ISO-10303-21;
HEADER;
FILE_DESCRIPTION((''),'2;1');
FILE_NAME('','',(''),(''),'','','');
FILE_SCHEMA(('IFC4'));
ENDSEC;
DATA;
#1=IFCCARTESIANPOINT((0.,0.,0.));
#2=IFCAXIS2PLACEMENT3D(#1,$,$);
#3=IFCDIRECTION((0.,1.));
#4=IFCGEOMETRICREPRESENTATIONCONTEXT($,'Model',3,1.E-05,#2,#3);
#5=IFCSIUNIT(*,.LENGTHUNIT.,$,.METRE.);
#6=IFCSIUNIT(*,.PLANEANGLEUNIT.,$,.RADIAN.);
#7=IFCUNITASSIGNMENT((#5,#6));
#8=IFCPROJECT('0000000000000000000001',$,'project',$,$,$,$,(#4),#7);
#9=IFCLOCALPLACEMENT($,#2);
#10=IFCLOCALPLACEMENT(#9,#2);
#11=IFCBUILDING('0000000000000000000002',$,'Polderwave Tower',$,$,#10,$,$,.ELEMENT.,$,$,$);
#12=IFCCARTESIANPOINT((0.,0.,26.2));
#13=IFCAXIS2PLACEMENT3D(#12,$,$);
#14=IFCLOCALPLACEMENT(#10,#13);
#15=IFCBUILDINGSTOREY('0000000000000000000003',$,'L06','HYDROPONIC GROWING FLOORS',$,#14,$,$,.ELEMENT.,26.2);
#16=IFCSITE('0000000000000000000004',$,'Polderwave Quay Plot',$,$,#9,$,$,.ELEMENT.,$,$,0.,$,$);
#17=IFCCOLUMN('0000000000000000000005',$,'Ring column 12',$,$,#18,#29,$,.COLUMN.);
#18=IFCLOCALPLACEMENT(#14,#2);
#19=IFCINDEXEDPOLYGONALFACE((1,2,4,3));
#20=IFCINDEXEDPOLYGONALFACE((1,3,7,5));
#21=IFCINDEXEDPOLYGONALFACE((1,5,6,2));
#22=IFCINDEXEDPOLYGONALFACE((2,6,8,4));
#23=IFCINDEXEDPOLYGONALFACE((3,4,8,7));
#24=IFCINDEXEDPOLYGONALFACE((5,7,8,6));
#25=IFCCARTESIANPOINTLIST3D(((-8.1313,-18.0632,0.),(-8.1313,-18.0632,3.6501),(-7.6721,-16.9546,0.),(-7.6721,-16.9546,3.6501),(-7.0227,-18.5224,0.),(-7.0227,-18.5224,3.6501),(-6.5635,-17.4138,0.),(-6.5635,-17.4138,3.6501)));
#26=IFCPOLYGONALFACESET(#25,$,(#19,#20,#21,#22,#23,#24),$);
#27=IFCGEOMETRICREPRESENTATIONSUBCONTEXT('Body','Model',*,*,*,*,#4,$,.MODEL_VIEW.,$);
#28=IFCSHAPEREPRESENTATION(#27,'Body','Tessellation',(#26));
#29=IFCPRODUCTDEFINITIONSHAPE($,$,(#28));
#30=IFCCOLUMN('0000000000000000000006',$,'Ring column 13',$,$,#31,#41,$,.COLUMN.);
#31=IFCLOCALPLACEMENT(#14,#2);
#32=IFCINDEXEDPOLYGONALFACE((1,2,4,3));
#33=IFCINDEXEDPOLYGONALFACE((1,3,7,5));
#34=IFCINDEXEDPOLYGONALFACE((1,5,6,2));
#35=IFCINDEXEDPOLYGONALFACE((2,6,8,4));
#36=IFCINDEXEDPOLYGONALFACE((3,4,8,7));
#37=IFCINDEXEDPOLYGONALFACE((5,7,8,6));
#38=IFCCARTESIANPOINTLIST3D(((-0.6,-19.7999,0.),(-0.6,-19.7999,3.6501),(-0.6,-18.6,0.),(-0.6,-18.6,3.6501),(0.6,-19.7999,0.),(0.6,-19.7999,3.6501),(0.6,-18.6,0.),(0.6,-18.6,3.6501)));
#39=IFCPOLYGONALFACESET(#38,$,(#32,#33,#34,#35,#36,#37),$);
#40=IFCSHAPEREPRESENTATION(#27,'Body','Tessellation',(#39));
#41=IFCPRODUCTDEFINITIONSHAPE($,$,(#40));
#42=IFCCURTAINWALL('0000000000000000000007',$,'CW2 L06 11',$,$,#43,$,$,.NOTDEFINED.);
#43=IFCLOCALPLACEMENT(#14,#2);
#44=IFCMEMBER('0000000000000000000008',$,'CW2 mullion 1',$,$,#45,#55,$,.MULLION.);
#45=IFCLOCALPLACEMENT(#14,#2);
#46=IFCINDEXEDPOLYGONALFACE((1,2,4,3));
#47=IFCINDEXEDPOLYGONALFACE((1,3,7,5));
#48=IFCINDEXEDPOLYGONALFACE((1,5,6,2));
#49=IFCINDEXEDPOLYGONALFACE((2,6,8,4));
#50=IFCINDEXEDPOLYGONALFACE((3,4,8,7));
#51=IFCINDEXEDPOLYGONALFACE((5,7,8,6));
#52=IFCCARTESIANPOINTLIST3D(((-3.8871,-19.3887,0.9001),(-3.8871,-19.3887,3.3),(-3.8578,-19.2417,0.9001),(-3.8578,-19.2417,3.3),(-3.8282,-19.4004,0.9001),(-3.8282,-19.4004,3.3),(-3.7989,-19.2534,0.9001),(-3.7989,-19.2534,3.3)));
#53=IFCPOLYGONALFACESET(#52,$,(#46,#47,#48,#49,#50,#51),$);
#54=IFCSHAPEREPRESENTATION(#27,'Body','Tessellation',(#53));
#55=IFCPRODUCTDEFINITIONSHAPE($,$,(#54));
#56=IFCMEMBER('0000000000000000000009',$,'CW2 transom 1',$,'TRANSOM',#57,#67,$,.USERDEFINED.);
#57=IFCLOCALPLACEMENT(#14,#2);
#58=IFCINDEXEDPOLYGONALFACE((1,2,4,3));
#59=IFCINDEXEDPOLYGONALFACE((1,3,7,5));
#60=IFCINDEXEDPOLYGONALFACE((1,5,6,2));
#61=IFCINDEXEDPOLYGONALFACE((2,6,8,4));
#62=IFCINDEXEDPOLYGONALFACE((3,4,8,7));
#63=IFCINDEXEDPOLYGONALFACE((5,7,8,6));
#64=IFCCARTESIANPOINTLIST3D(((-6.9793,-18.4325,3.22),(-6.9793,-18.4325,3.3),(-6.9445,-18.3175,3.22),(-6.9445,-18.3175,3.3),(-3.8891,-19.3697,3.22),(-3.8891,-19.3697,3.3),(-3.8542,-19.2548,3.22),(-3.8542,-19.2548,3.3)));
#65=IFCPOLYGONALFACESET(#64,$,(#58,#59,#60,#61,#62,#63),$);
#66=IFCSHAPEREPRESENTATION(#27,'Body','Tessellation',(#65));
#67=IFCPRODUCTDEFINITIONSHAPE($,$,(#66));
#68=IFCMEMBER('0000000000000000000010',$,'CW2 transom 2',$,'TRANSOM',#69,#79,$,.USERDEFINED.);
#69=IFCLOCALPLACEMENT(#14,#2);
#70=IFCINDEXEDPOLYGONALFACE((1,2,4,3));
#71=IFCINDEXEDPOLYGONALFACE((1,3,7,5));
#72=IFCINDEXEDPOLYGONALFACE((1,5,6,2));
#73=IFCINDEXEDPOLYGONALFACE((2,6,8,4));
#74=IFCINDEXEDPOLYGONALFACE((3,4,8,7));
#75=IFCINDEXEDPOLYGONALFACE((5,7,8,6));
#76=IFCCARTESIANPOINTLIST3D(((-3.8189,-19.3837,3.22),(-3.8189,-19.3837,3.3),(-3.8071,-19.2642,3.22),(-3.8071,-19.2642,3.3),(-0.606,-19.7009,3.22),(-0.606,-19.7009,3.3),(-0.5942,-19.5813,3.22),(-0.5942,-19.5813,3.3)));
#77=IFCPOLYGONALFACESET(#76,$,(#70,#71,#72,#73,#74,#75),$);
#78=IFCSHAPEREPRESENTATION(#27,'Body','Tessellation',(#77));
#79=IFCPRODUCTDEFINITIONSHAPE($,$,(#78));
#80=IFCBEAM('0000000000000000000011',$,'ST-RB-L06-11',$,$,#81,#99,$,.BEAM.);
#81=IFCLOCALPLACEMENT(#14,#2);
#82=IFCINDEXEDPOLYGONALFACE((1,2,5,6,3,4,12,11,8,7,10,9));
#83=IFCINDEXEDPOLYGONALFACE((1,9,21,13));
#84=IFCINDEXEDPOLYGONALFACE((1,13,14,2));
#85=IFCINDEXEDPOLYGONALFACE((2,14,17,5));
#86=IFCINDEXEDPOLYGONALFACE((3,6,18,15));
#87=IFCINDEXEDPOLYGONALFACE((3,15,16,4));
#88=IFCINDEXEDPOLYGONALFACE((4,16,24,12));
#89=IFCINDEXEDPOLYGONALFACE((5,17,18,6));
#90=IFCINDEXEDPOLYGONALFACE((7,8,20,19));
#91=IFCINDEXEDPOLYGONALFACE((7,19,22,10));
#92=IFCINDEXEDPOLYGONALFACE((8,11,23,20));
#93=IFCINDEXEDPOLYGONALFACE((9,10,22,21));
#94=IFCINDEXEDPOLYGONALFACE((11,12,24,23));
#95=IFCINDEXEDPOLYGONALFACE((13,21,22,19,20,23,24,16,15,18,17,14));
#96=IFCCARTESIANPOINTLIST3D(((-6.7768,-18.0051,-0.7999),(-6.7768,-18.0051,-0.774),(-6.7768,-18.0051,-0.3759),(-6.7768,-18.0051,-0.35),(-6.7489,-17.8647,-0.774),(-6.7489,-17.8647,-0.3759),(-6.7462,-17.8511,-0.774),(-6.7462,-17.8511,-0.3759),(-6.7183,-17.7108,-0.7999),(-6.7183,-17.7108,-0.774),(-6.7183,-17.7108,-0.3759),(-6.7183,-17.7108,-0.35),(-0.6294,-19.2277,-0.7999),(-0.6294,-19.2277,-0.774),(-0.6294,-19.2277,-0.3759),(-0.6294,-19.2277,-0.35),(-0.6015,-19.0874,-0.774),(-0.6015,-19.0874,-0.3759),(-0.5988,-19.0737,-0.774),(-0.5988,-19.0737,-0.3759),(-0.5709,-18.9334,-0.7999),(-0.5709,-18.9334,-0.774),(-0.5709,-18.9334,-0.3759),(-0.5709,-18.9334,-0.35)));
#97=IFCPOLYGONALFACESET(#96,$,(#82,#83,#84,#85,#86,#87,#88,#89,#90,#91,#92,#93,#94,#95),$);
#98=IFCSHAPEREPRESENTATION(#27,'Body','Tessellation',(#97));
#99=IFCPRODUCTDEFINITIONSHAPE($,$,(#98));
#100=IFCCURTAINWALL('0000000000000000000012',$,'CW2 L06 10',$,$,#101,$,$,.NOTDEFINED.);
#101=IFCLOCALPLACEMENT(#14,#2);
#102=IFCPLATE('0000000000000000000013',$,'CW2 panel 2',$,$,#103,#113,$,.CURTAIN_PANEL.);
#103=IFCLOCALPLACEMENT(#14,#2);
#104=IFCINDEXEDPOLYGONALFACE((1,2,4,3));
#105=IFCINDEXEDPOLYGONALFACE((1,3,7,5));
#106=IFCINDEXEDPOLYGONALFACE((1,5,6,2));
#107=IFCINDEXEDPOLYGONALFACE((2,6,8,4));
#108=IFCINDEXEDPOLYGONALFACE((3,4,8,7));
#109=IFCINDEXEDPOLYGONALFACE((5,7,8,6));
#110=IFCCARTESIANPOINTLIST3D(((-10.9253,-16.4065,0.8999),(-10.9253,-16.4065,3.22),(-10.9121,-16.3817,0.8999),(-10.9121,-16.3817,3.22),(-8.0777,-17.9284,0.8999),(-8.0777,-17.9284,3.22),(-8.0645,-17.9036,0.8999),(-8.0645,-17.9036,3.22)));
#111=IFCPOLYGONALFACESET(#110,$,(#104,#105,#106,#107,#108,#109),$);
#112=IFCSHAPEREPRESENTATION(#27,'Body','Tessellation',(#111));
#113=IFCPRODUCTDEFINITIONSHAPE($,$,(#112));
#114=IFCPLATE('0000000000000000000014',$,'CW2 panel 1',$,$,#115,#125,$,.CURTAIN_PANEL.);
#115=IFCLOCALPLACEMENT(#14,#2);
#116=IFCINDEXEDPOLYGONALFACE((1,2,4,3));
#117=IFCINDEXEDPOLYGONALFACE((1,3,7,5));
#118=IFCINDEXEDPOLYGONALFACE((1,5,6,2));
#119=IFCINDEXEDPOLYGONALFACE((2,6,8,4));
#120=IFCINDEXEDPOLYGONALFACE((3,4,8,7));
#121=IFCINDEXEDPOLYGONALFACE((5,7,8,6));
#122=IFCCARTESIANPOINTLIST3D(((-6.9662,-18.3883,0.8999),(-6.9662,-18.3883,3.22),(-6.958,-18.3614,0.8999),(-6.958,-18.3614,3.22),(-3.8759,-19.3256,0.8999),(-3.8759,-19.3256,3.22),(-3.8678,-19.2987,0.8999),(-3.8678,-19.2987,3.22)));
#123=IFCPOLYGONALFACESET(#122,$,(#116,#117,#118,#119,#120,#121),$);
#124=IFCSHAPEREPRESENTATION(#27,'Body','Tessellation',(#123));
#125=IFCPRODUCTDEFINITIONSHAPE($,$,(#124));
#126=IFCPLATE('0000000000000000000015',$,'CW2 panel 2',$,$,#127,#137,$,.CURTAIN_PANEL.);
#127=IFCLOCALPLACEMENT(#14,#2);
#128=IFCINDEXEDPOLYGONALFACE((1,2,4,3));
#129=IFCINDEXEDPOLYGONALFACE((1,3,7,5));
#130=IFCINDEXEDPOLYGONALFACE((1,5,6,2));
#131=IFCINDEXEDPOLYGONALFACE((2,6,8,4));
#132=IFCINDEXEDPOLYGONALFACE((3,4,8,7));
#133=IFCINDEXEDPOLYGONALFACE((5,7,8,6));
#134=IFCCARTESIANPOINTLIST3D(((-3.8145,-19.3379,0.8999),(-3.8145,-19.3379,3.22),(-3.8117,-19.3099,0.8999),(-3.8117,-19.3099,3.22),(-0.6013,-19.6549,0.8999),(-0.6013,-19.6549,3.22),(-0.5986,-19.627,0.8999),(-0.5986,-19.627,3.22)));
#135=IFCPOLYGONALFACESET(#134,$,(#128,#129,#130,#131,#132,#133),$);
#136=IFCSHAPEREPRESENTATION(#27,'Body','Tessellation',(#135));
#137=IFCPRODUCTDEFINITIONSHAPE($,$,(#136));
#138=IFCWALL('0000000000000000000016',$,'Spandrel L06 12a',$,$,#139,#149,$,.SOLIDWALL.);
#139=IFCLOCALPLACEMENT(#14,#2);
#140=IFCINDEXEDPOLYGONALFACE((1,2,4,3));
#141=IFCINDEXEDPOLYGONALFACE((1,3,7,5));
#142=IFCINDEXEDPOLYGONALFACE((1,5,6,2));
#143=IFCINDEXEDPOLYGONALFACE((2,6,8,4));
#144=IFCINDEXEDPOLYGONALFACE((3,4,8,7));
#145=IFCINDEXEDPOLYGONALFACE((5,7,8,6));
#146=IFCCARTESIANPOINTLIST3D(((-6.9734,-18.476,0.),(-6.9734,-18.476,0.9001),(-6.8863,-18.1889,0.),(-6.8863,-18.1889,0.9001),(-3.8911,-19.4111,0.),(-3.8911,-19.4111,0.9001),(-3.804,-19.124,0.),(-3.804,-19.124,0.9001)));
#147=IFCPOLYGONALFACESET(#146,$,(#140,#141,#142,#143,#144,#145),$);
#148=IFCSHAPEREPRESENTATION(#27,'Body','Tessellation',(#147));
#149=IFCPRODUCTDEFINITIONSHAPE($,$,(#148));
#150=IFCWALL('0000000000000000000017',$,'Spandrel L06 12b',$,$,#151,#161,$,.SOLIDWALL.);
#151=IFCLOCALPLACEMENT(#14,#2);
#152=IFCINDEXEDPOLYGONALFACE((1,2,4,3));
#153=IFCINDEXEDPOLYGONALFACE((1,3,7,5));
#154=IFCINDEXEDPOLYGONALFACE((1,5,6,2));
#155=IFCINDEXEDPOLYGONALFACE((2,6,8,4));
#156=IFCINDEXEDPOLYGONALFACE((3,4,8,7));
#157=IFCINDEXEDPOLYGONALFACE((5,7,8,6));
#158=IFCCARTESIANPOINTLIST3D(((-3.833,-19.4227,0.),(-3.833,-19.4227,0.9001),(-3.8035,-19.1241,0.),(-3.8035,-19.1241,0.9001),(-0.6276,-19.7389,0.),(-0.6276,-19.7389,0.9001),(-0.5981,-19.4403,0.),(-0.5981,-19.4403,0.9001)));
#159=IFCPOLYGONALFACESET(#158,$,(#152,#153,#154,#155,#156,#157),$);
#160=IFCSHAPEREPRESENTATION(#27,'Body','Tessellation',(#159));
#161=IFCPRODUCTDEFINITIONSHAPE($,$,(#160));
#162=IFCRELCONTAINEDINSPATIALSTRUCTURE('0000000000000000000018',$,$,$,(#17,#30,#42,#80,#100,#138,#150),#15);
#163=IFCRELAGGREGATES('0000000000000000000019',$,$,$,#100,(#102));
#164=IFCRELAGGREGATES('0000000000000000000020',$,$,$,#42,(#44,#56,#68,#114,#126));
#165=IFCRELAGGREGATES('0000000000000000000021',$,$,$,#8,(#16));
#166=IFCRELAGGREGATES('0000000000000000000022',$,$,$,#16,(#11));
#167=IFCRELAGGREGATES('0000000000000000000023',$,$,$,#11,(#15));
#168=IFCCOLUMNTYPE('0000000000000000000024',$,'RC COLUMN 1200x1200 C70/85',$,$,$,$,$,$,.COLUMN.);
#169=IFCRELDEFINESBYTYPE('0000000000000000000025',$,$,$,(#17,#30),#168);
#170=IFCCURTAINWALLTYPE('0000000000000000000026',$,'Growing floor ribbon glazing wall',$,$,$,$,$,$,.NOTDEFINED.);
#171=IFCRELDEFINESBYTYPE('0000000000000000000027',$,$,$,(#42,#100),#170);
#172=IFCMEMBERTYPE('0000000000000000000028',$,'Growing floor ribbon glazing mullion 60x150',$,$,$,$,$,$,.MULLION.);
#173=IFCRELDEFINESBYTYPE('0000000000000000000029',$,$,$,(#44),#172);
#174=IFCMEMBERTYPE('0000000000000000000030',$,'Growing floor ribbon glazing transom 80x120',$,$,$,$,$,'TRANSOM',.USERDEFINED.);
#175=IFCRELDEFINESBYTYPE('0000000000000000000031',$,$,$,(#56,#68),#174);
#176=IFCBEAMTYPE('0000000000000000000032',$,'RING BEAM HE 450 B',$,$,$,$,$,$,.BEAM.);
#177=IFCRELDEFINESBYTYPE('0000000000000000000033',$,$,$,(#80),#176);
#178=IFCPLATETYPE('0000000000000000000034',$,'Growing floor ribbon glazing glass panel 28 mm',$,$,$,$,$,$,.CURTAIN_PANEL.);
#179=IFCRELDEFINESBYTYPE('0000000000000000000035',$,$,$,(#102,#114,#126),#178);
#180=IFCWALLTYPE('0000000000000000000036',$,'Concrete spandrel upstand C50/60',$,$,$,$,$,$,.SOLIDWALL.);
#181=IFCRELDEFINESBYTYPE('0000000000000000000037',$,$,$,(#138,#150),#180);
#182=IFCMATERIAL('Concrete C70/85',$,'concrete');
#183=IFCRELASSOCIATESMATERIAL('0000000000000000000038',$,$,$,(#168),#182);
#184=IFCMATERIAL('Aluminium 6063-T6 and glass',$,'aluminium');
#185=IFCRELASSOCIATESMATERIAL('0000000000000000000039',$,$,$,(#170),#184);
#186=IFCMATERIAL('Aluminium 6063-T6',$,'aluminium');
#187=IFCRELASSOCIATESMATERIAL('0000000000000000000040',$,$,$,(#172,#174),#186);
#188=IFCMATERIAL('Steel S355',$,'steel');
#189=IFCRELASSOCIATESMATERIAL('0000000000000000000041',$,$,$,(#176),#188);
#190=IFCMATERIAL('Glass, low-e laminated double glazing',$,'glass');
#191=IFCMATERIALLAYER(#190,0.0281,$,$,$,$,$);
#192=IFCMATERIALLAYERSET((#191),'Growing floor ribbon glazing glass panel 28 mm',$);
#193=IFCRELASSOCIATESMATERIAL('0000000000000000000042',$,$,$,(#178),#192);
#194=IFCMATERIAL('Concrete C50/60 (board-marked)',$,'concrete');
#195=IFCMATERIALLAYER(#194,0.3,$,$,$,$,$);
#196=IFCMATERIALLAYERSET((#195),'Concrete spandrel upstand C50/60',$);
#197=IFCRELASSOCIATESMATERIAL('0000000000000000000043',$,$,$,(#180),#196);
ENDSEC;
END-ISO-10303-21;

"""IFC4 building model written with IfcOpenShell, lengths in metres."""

from ifc_helpers import new_model, si_unit, direction, frame, frame_2d, origin, origin_2d, place, context, subcontext, project, spatial, rectangle, i_section, extrude, material, layer, layer_set, material_profile, profile_set, type_object, element, aggregate, save


model = new_model("IFC4")

# Units and contexts
model_context = context("Model", 3, precision=1e-05, world=origin(), true_north=direction((0.0, 1.0)))
body_context = subcontext(model_context, "Body", "Model", "MODEL_VIEW")
ifc_project = project(units=[si_unit("LENGTHUNIT", "METRE"), si_unit("PLANEANGLEUNIT", "RADIAN")], contexts=[model_context])

# Site, building, storey
site_placement = place(None, origin())
site = spatial("IfcSite", under=ifc_project, at=site_placement, Name="Polderwave Quay Plot", CompositionType="ELEMENT", RefElevation=0.0)
building_placement = place(site_placement, origin())
building = spatial("IfcBuilding", under=site, at=building_placement, Name="Polderwave Tower", CompositionType="ELEMENT")
storey_placement = place(building_placement, frame((0.0, 0.0, 26.2)))
storey = spatial("IfcBuildingStorey", under=building, at=storey_placement, Name="L06", Description="HYDROPONIC GROWING FLOORS", CompositionType="ELEMENT", Elevation=26.2)

# Columns
ifc_material_1 = material(Name="Concrete C70/85", Category="concrete")
ifc_material_profile_1 = material_profile(ifc_material_1, rectangle(XDim=1.2, YDim=1.2, at=origin_2d()), Name="RC 1200x1200")
ifc_profile_set_1 = profile_set([ifc_material_profile_1], Name="Concrete C70/85")
column_type = type_object("IfcColumnType", Name="RC COLUMN 1200x1200 C70/85", PredefinedType="COLUMN", material=ifc_profile_set_1)
for number, where, z_axis, x_axis, name in (
    (1, (-7.3474, -17.7385, 0.0), (0.0, 0.0, 1.0), (-0.382683, -0.92388, 0.0), "Ring column 12"),
    (2, (0.0, -19.2, 0.0), (0.0, 0.0, 1.0), (0.0, -1.0, 0.0), "Ring column 13"),
):
    element("IfcColumn", number, at=place(storey_placement, frame(where, z_axis=z_axis, x_axis=x_axis)), inside=storey, type_object=column_type, Name=name, PredefinedType="COLUMN", context=body_context, shape_type="SweptSolid", body=[
        extrude(rectangle(XDim=1.2, YDim=1.2, at=origin_2d()), origin(), (0.0, 0.0, 1.0), 3.6501),
    ])

# Curtain wall, members
ifc_material_2 = material(Name="Aluminium 6063-T6 and glass", Category="aluminium")
curtain_wall_type = type_object("IfcCurtainWallType", Name="Growing floor ribbon glazing wall", PredefinedType="NOTDEFINED", material=ifc_material_2)
curtain_wall_1_placement = place(storey_placement, origin())
curtain_wall_1 = element("IfcCurtainWall", 3, at=curtain_wall_1_placement, inside=storey, type_object=curtain_wall_type, Name="CW2 L06 11", PredefinedType="NOTDEFINED")
ifc_material_3 = material(Name="Aluminium 6063-T6", Category="aluminium")
ifc_material_profile_2 = material_profile(ifc_material_3, rectangle(XDim=0.1499, YDim=0.0601, at=origin_2d()), Name="AL 60x150")
ifc_profile_set_2 = profile_set([ifc_material_profile_2], Name="Aluminium 6063-T6")
member_type_1 = type_object("IfcMemberType", Name="Growing floor ribbon glazing mullion 60x150", PredefinedType="MULLION", material=ifc_profile_set_2)
member_1_placement = place(storey_placement, frame((-3.843, -19.321, 0.9001), z_axis=(0.0, 0.0, 1.0), x_axis=(0.195159, 0.980772, 0.0)))
member_1 = element("IfcMember", 4, at=member_1_placement, type_object=member_type_1, Name="CW2 mullion 1", PredefinedType="MULLION", context=body_context, shape_type="SweptSolid", body=[
    extrude(rectangle(XDim=0.1499, YDim=0.0601, at=origin_2d()), origin(), (0.0, 0.0, 1.0), 2.3999),
])
ifc_material_profile_3 = material_profile(ifc_material_3, rectangle(XDim=0.1201, YDim=0.0801, at=origin_2d()), Name="AL 80x120")
ifc_profile_set_3 = profile_set([ifc_material_profile_3], Name="Aluminium 6063-T6")
member_type_2 = type_object("IfcMemberType", Name="Growing floor ribbon glazing transom 80x120", ElementType="TRANSOM", PredefinedType="USERDEFINED", material=ifc_profile_set_3)
member_2_placement = place(storey_placement, frame((-6.9619, -18.375, 3.26), z_axis=(0.956956, -0.290232, 0.0), x_axis=(0.290232, 0.956956, 0.0)))
member_2 = element("IfcMember", 5, at=member_2_placement, type_object=member_type_2, Name="CW2 transom 1", ObjectType="TRANSOM", PredefinedType="USERDEFINED", context=body_context, shape_type="SweptSolid", body=[
    extrude(rectangle(XDim=0.1201, YDim=0.0801, at=origin_2d()), origin(), (0.0, 0.0, 1.0), 3.2292),
])
member_3_placement = place(storey_placement, frame((-3.813, -19.324, 3.26), z_axis=(0.995164, -0.098231, 0.0), x_axis=(0.098231, 0.995164, 0.0)))
member_3 = element("IfcMember", 6, at=member_3_placement, type_object=member_type_2, Name="CW2 transom 2", ObjectType="TRANSOM", PredefinedType="USERDEFINED", context=body_context, shape_type="SweptSolid", body=[
    extrude(rectangle(XDim=0.1201, YDim=0.0801, at=origin_2d()), origin(), (0.0, 0.0, 1.0), 3.2285),
])

# Beam
ifc_material_4 = material(Name="Steel S355", Category="steel")
ifc_material_profile_4 = material_profile(ifc_material_4, i_section(OverallWidth=0.3, OverallDepth=0.45, WebThickness=0.0139, FlangeThickness=0.0259, at=origin_2d()), Name="HE 450 B")
ifc_profile_set_4 = profile_set([ifc_material_profile_4], Name="Steel S355")
beam_type = type_object("IfcBeamType", Name="RING BEAM HE 450 B", PredefinedType="BEAM", material=ifc_profile_set_4)
beam_placement = place(storey_placement, frame((-6.7476, -17.8579, -0.575), z_axis=(0.98079, -0.195067, 0.0), x_axis=(0.195067, 0.98079, 0.0)))
element("IfcBeam", 7, at=beam_placement, inside=storey, type_object=beam_type, Name="ST-RB-L06-11", PredefinedType="BEAM", context=body_context, shape_type="SweptSolid", body=[
    extrude(i_section(OverallWidth=0.3, OverallDepth=0.45, WebThickness=0.0139, FlangeThickness=0.0259, at=origin_2d()), origin(), (0.0, 0.0, 1.0), 6.2678),
])

# Curtain wall, plate
curtain_wall_2_placement = place(storey_placement, origin())
curtain_wall_2 = element("IfcCurtainWall", 8, at=curtain_wall_2_placement, inside=storey, type_object=curtain_wall_type, Name="CW2 L06 10", PredefinedType="NOTDEFINED")
ifc_material_5 = material(Name="Glass, low-e laminated double glazing", Category="glass")
ifc_layer_1 = layer(ifc_material_5, 0.0281)
ifc_layer_set_1 = layer_set([ifc_layer_1], Name="Growing floor ribbon glazing glass panel 28 mm")
plate_type = type_object("IfcPlateType", Name="Growing floor ribbon glazing glass panel 28 mm", PredefinedType="CURTAIN_PANEL", material=ifc_layer_set_1)
plate_1_placement = place(storey_placement, frame((-9.4949, -17.155, 0.8999), z_axis=(0.0, 0.0, 1.0), x_axis=(0.881945, -0.471352, 0.0)))
plate_1 = element("IfcPlate", 9, at=plate_1_placement, type_object=plate_type, Name="CW2 panel 2", PredefinedType="CURTAIN_PANEL", context=body_context, shape_type="SweptSolid", body=[
    extrude(rectangle(XDim=3.2288, YDim=0.0281, at=origin_2d()), origin(), (0.0, 0.0, 1.0), 2.3201),
])
aggregate(curtain_wall_2, [plate_1])

# Plates
plate_2_placement = place(storey_placement, frame((-5.417, -18.8435, 0.8999), z_axis=(0.0, 0.0, 1.0), x_axis=(0.956952, -0.290246, 0.0)))
plate_2 = element("IfcPlate", 10, at=plate_2_placement, type_object=plate_type, Name="CW2 panel 1", PredefinedType="CURTAIN_PANEL", context=body_context, shape_type="SweptSolid", body=[
    extrude(rectangle(XDim=3.2292, YDim=0.0281, at=origin_2d()), origin(), (0.0, 0.0, 1.0), 2.3201),
])
plate_3_placement = place(storey_placement, frame((-2.2065, -19.4824, 0.8999), z_axis=(0.0, 0.0, 1.0), x_axis=(0.995167, -0.098198, 0.0)))
plate_3 = element("IfcPlate", 11, at=plate_3_placement, type_object=plate_type, Name="CW2 panel 2", PredefinedType="CURTAIN_PANEL", context=body_context, shape_type="SweptSolid", body=[
    extrude(rectangle(XDim=3.2288, YDim=0.0281, at=origin_2d()), origin(), (0.0, 0.0, 1.0), 2.3201),
])
aggregate(curtain_wall_1, [member_1, member_2, member_3, plate_2, plate_3])

# Walls
ifc_material_6 = material(Name="Concrete C50/60 (board-marked)", Category="concrete")
ifc_layer_2 = layer(ifc_material_6, 0.3)
ifc_layer_set_2 = layer_set([ifc_layer_2], Name="Concrete spandrel upstand C50/60")
wall_type_1 = type_object("IfcWallType", Name="Concrete spandrel upstand C50/60", PredefinedType="SOLIDWALL", material=ifc_layer_set_2)
for number, where, z_axis, x_axis, name in (
    (12, (-6.9297, -18.3325, 0.0), (0.0, 0.0, 1.0), (0.956935, -0.290302, 0.0), "Spandrel L06 12a"),
    (13, (-3.8181, -19.2734, 0.0), (0.0, 0.0, 1.0), (0.995171, -0.09816, 0.0), "Spandrel L06 12b"),
):
    element("IfcWall", number, at=place(storey_placement, frame(where, z_axis=z_axis, x_axis=x_axis)), inside=storey, type_object=wall_type_1, Name=name, PredefinedType="SOLIDWALL", context=body_context, shape_type="SweptSolid", body=[
        extrude(rectangle(XDim=3.2209, YDim=0.3, at=frame_2d((1.6104, 0.0))), origin(), (0.0, 0.0, 1.0), 0.9001),
    ])

save(model, "model.ifc")
